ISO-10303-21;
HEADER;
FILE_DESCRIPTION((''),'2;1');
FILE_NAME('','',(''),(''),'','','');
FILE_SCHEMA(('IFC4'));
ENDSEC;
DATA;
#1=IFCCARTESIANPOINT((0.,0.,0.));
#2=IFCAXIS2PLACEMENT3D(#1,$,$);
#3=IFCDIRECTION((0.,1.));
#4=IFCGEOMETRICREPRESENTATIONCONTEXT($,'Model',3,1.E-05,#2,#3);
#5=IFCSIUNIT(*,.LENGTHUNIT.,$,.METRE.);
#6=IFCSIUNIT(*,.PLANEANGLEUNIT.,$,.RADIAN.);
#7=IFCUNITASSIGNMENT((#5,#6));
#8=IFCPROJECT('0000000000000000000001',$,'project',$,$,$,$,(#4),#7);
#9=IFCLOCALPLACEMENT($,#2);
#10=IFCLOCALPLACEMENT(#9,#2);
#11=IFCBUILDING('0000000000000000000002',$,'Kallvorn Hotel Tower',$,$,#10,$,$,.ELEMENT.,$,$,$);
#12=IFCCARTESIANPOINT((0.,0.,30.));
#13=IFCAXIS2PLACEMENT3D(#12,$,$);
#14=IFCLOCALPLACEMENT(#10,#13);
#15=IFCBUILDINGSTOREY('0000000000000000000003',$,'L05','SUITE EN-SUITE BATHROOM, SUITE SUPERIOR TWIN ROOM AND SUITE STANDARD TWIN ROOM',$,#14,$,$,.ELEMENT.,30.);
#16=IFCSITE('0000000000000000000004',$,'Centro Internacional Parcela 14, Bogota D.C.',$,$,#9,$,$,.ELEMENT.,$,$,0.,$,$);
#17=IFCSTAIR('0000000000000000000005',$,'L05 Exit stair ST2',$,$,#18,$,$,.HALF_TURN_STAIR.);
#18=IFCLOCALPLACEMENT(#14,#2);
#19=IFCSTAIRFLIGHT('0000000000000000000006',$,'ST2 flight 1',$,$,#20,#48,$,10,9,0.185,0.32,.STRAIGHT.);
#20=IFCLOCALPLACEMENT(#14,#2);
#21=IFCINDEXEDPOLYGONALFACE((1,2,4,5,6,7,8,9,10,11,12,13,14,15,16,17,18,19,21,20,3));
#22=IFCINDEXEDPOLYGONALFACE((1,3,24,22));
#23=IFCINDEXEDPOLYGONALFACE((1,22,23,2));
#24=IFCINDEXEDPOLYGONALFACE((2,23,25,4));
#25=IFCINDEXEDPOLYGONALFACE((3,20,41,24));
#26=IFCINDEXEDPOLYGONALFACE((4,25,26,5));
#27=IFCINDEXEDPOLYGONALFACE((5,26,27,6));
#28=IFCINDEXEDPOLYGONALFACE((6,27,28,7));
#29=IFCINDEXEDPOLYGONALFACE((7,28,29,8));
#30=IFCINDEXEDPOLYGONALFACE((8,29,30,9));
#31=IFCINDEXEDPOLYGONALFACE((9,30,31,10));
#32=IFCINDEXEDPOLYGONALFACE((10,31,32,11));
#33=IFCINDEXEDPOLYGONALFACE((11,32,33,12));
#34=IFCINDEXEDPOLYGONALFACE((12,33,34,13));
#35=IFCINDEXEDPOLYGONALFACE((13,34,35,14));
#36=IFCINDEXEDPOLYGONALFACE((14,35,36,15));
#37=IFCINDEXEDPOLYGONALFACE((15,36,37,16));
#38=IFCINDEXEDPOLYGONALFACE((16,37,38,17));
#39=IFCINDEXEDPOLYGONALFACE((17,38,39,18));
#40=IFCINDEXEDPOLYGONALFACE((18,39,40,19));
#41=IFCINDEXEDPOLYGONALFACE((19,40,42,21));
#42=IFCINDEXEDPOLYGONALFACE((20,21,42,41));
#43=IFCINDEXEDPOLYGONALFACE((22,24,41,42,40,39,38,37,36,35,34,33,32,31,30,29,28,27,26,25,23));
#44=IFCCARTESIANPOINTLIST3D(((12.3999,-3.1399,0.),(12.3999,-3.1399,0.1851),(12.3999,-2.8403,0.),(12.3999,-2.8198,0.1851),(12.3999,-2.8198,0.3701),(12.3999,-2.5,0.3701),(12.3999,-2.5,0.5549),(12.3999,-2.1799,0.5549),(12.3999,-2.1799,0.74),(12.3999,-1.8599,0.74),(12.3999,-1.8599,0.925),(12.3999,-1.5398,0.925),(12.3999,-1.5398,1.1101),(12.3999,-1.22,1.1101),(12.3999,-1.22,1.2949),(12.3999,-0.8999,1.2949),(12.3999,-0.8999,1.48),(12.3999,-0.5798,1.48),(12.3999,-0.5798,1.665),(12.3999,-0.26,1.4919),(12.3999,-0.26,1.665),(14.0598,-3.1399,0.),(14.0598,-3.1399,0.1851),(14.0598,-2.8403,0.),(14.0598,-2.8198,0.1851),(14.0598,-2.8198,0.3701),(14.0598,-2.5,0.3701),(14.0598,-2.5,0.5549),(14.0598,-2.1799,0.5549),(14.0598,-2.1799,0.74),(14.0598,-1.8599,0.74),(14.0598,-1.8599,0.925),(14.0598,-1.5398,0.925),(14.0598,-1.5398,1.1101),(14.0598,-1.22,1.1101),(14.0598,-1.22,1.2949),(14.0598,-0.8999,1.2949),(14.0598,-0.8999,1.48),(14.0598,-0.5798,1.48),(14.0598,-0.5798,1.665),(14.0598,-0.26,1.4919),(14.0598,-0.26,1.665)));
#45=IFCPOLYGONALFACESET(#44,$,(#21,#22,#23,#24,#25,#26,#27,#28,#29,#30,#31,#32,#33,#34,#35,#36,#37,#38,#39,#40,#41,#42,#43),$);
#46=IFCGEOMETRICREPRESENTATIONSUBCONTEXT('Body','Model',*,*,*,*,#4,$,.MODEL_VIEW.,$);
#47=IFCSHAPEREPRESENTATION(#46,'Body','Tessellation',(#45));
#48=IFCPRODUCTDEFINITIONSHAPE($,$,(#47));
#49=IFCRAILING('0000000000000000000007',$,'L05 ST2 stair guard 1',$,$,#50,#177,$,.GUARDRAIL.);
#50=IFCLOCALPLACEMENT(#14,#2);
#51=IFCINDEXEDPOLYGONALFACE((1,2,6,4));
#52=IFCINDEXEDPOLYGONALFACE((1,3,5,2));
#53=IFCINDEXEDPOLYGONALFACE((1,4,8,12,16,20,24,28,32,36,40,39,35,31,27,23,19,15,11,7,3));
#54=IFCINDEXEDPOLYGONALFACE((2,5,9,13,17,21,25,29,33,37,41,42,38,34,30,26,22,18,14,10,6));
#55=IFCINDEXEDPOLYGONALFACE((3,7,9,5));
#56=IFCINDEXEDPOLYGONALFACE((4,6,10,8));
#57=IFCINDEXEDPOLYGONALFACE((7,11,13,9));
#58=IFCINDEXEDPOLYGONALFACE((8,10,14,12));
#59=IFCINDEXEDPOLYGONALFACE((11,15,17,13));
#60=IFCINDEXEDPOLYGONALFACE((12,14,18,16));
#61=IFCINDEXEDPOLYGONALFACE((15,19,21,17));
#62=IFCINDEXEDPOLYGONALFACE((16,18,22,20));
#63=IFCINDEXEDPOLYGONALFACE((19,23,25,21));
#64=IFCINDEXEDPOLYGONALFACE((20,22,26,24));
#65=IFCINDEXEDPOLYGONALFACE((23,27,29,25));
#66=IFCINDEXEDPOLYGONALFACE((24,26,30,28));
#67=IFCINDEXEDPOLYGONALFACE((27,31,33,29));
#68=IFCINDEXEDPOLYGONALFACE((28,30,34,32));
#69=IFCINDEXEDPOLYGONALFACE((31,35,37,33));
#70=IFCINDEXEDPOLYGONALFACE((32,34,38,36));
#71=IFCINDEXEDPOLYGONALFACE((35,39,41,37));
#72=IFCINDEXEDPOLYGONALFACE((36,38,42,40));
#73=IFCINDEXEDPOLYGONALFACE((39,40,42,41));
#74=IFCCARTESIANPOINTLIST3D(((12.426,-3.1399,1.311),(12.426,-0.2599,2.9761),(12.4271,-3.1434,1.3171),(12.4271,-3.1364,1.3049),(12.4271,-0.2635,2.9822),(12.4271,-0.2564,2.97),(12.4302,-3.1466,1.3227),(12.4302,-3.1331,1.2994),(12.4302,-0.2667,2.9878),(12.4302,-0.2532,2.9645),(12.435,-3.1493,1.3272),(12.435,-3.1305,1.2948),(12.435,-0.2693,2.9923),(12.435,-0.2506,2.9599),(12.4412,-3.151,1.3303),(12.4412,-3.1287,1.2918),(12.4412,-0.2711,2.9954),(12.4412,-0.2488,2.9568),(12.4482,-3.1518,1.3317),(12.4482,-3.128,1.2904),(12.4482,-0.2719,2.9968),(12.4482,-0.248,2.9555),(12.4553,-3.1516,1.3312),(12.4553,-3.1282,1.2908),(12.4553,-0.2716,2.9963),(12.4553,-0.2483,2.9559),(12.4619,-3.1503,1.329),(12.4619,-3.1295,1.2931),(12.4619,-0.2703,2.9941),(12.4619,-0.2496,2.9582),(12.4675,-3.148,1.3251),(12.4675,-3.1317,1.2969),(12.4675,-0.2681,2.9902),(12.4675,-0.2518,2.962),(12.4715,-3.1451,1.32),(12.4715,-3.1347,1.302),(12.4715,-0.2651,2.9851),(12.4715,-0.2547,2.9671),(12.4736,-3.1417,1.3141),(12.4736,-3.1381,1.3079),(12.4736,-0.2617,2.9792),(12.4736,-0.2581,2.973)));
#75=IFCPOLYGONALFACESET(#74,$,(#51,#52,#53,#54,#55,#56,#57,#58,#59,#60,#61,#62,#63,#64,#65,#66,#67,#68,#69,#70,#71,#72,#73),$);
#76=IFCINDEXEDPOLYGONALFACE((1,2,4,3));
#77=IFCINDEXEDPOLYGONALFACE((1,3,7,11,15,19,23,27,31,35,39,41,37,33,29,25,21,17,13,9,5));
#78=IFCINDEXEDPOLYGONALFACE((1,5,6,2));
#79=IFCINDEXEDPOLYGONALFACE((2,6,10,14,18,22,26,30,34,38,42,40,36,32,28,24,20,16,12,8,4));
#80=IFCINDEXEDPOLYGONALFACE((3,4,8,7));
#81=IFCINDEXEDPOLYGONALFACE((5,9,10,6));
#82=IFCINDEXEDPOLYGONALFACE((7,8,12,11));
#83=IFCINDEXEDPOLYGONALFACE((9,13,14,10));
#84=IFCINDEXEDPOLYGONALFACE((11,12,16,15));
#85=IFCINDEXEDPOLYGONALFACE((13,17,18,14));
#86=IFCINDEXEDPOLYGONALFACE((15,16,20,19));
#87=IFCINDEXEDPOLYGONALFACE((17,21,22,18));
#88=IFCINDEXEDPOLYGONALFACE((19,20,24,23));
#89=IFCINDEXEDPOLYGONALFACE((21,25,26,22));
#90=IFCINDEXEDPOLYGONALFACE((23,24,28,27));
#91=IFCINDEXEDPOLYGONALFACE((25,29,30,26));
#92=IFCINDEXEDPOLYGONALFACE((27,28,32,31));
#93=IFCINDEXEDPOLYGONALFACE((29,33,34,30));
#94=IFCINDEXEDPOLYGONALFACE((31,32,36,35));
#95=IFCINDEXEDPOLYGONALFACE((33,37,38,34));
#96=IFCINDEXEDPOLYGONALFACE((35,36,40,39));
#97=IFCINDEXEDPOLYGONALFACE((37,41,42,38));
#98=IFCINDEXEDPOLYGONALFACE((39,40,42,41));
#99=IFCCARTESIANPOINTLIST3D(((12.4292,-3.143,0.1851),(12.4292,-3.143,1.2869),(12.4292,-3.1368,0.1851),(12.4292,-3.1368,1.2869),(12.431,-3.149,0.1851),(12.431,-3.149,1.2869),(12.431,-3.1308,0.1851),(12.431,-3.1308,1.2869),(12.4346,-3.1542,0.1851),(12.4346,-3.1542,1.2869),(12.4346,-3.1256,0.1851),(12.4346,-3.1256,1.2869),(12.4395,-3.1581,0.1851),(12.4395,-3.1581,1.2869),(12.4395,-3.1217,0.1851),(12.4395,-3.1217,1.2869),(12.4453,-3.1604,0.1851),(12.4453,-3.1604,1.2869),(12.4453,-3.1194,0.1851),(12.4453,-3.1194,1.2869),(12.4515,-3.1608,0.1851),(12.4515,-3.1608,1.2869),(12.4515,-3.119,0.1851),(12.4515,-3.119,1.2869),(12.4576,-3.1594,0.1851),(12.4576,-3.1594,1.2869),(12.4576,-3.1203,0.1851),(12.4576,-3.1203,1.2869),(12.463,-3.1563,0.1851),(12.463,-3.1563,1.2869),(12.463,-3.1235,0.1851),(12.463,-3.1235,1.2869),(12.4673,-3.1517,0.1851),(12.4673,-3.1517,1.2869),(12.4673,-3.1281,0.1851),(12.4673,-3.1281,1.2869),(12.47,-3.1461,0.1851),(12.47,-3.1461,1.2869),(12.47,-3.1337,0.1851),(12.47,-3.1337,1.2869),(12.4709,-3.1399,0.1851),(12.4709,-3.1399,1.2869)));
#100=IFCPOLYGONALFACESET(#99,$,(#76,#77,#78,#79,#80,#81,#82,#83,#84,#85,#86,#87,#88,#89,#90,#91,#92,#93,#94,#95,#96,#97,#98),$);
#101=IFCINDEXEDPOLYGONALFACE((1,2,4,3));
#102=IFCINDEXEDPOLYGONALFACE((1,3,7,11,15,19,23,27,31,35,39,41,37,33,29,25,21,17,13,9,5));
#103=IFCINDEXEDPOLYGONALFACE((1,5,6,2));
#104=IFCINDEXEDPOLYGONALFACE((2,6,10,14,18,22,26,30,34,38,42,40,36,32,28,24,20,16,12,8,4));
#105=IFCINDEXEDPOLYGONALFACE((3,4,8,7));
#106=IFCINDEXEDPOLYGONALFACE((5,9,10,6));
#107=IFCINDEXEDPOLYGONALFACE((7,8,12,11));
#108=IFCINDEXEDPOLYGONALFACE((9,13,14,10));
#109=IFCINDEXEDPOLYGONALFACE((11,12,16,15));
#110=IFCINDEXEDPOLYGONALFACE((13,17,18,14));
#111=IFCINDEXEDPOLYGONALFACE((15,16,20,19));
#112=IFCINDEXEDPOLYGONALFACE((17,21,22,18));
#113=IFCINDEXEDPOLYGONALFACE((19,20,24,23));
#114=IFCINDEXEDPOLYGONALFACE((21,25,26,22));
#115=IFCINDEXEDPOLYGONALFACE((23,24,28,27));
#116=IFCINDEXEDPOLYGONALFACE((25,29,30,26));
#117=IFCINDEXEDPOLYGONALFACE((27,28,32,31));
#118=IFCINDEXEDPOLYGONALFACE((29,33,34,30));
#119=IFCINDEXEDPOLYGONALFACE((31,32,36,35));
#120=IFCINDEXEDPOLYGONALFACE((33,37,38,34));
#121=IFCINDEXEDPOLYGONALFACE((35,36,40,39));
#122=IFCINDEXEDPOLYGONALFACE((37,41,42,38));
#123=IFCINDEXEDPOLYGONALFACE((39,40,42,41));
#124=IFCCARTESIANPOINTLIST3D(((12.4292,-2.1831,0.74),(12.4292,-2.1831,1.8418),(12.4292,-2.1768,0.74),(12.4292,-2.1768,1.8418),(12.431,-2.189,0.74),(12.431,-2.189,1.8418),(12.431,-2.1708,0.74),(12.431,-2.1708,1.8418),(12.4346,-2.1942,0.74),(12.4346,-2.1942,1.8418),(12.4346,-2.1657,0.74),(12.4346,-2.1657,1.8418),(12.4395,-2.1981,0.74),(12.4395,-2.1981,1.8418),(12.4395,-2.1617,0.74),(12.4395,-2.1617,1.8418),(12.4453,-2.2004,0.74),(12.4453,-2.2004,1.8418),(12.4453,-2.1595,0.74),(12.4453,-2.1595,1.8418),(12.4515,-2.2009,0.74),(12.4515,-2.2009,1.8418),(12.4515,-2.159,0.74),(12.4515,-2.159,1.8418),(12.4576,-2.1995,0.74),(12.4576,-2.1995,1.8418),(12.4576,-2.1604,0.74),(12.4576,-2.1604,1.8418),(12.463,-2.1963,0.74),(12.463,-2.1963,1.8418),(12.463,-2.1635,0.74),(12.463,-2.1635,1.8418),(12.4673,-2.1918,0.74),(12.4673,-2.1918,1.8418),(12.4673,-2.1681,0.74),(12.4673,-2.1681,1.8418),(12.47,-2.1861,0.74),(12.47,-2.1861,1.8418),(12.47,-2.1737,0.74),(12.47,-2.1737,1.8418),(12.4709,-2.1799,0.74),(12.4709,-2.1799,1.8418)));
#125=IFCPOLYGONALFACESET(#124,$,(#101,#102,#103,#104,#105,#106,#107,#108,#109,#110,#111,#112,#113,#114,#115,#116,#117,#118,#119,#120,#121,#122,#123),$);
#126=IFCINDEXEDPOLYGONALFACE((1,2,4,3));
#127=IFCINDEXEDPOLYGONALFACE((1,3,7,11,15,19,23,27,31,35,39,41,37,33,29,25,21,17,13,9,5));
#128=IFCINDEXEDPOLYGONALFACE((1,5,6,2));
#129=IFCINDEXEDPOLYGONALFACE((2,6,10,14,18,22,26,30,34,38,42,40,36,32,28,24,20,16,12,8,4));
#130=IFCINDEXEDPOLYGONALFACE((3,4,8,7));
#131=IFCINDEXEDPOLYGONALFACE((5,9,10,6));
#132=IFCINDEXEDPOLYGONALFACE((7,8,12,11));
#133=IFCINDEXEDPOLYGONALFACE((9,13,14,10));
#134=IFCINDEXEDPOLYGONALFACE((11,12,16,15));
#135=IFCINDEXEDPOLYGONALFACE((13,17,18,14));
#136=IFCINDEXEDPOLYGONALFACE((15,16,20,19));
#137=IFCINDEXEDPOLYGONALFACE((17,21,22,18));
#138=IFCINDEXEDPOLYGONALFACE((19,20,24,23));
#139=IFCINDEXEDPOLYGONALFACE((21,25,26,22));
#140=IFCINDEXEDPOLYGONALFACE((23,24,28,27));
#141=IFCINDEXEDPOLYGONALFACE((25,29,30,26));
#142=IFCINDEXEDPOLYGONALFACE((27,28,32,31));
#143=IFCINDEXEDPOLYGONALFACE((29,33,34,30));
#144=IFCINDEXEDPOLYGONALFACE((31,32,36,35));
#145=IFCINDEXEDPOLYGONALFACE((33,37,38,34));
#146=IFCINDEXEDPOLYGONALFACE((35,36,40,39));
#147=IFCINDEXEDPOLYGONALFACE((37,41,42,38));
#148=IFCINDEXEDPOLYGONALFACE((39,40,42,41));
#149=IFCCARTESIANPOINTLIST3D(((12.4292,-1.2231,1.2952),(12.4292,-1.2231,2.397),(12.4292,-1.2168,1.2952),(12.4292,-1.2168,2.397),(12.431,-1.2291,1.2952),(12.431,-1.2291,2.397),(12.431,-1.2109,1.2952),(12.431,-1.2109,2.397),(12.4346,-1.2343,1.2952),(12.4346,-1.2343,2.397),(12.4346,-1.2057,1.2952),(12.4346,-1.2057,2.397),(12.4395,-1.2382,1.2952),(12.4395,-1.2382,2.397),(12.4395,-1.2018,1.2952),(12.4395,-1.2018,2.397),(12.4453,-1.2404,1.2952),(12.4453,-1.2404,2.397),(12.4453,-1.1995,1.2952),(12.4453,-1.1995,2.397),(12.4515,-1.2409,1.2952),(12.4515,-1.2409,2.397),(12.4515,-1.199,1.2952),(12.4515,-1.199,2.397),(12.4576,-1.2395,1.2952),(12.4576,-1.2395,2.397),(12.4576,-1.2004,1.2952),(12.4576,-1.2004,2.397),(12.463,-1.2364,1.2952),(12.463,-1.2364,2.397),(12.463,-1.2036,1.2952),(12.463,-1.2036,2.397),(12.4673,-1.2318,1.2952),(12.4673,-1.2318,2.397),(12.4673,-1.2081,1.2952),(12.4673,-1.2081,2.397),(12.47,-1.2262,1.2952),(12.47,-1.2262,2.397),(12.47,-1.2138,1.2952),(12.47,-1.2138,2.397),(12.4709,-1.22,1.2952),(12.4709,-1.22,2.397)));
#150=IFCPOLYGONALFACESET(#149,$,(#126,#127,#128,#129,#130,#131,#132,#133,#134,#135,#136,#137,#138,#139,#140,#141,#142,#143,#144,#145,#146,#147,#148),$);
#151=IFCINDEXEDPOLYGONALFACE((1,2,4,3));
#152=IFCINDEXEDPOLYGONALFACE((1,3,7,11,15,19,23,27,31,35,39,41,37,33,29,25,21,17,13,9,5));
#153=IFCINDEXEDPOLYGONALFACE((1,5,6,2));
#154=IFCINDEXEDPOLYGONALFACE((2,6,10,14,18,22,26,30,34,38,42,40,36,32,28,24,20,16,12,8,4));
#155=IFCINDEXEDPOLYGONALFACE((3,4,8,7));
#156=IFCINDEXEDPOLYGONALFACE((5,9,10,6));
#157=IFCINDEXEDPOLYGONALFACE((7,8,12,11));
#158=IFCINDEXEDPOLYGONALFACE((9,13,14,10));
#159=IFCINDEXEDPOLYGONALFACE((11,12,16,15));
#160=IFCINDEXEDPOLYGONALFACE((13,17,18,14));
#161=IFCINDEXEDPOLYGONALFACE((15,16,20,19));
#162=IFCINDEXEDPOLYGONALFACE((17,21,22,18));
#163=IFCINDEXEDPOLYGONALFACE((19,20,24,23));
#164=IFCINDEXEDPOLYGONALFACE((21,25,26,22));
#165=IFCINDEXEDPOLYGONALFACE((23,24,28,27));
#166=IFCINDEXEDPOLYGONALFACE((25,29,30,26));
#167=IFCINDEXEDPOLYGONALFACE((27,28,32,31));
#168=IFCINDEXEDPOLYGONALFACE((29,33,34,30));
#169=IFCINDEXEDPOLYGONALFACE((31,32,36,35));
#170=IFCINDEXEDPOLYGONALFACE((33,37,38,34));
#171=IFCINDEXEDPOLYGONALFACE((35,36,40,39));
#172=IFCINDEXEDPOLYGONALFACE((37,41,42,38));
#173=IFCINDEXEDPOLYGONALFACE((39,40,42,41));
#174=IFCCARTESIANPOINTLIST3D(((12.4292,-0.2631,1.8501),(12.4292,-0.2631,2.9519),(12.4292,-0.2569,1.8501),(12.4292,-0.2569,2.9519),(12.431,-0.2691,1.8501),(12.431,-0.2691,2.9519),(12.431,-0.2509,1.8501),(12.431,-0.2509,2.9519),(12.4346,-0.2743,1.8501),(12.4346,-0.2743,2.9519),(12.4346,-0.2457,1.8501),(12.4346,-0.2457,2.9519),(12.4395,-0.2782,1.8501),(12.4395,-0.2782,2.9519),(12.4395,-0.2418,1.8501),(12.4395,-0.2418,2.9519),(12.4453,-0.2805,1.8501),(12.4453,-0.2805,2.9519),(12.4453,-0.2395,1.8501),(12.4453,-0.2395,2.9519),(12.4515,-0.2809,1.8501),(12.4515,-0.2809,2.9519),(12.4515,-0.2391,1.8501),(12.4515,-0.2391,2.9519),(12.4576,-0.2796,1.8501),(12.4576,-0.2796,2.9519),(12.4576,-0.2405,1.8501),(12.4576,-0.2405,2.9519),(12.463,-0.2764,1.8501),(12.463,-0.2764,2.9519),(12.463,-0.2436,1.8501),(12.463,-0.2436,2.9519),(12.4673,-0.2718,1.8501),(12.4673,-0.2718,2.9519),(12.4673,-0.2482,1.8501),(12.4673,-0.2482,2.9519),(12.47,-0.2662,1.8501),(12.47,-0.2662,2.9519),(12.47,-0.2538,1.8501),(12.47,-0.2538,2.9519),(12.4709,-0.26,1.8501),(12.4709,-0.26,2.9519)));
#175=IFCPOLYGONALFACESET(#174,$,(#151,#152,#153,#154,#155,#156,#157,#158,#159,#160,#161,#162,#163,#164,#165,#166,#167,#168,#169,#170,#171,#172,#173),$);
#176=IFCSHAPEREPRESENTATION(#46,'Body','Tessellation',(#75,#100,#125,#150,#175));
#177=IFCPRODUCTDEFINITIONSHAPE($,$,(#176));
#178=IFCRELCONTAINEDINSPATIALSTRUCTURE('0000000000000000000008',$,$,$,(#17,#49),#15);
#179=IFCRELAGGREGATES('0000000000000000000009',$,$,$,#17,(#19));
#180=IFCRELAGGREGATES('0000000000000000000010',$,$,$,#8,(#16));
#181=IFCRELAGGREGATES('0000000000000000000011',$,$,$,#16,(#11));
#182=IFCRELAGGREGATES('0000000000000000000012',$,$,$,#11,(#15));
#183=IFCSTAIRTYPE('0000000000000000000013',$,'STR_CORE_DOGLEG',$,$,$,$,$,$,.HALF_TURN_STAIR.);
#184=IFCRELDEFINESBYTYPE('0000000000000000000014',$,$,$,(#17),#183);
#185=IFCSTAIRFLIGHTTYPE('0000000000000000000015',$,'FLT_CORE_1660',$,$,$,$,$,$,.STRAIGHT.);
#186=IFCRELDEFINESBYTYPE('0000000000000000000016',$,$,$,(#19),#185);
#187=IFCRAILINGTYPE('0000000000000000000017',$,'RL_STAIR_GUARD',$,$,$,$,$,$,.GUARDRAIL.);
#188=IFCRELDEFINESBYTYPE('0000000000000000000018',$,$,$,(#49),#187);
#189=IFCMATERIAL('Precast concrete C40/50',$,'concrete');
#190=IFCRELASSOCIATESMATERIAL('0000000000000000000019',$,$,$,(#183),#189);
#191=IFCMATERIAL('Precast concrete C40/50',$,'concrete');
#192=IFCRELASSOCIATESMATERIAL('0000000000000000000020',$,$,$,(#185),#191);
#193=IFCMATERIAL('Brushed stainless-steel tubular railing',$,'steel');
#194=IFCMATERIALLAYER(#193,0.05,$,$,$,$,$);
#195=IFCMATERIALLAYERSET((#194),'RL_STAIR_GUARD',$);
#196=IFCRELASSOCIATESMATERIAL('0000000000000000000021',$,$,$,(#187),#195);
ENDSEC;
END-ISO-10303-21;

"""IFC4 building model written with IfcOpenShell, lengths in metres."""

from ifc_helpers import new_model, si_unit, direction, frame, origin, origin_2d, place, context, subcontext, project, spatial, polyline, circle, outline, extrude, material, layer, layer_set, type_object, element, aggregate, save


model = new_model("IFC4")

# Units and contexts
model_context = context("Model", 3, precision=1e-05, world=origin(), true_north=direction((0.0, 1.0)))
body_context = subcontext(model_context, "Body", "Model", "MODEL_VIEW")
ifc_project = project(units=[si_unit("LENGTHUNIT", "METRE"), si_unit("PLANEANGLEUNIT", "RADIAN")], contexts=[model_context])

# Site, building, storey
site_placement = place(None, origin())
site = spatial("IfcSite", under=ifc_project, at=site_placement, Name="Centro Internacional Parcela 14, Bogota D.C.", CompositionType="ELEMENT", RefElevation=0.0)
building_placement = place(site_placement, origin())
building = spatial("IfcBuilding", under=site, at=building_placement, Name="Kallvorn Hotel Tower", CompositionType="ELEMENT")
storey_placement = place(building_placement, frame((0.0, 0.0, 30.0)))
storey = spatial("IfcBuildingStorey", under=building, at=storey_placement, Name="L05", Description="SUITE EN-SUITE BATHROOM, SUITE SUPERIOR TWIN ROOM AND SUITE STANDARD TWIN ROOM", CompositionType="ELEMENT", Elevation=30.0)

# Stair, stair flight
ifc_material_1 = material(Name="Precast concrete C40/50", Category="concrete")
stair_type = type_object("IfcStairType", Name="STR_CORE_DOGLEG", PredefinedType="HALF_TURN_STAIR", material=ifc_material_1)
stair_placement = place(storey_placement, origin())
stair = element("IfcStair", 1, at=stair_placement, inside=storey, type_object=stair_type, Name="L05 Exit stair ST2", PredefinedType="HALF_TURN_STAIR")
ifc_material_2 = material(Name="Precast concrete C40/50", Category="concrete")
stair_flight_type = type_object("IfcStairFlightType", Name="FLT_CORE_1660", PredefinedType="STRAIGHT", material=ifc_material_2)
stair_flight_placement = place(storey_placement, frame((13.23, -3.1399, 0.0), z_axis=(0.0, 0.0, 1.0), x_axis=(0.0, 1.0, 0.0)))
stair_flight = element("IfcStairFlight", 2, at=stair_flight_placement, type_object=stair_flight_type, Name="ST2 flight 1", NumberOfRisers=10, NumberOfTreads=9, PredefinedType="STRAIGHT", RiserHeight=0.185, TreadLength=0.32, context=body_context, shape_type="SweptSolid", body=[
    extrude(outline(polyline([(0.0, 0.0), (0.0, 0.1851), (0.3201, 0.1851), (0.3201, 0.3701), (0.6399, 0.3701), (0.6399, 0.5549), (0.96, 0.5549), (0.96, 0.74), (1.28, 0.74), (1.28, 0.925), (1.6001, 0.925), (1.6001, 1.1101), (1.9199, 1.1101), (1.9199, 1.2949), (2.24, 1.2949), (2.24, 1.48), (2.5601, 1.48), (2.5601, 1.665), (2.8799, 1.665), (2.8799, 1.8501), (2.8799, 1.4919), (0.2996, 0.0), (0.0, 0.0)])), frame((0.0, 0.8301, 0.0), z_axis=(0.0, -1.0, 0.0), x_axis=(1.0, 0.0, 0.0)), (0.0, 0.0, 1.0), 1.6599),
])
aggregate(stair, [stair_flight])

# Railing
ifc_material_3 = material(Name="Brushed stainless-steel tubular railing", Category="steel")
ifc_layer_1 = layer(ifc_material_3, 0.05)
ifc_layer_set_1 = layer_set([ifc_layer_1], Name="RL_STAIR_GUARD")
railing_type_1 = type_object("IfcRailingType", Name="RL_STAIR_GUARD", PredefinedType="GUARDRAIL", material=ifc_layer_set_1)
railing_1_placement = place(storey_placement, frame((12.45, -3.1399, 0.1851)))
element("IfcRailing", 3, at=railing_1_placement, inside=storey, type_object=railing_type_1, Name="L05 ST2 stair guard 1", PredefinedType="GUARDRAIL", context=body_context, shape_type="SweptSolid", body=[
    extrude(circle(Radius=0.0239, at=origin_2d()), frame((0.0, 0.0, 1.126), z_axis=(0.0, 0.865721, 0.500527), x_axis=(-1.0, 0.0, 0.0)), (0.0, 0.0, 1.0), 3.3267),
    extrude(circle(Radius=0.021, at=origin_2d()), origin(), (0.0, 0.0, 1.0), 1.1018),
    extrude(circle(Radius=0.021, at=origin_2d()), frame((0.0, 0.96, 0.5549)), (0.0, 0.0, 1.0), 1.1018),
    extrude(circle(Radius=0.021, at=origin_2d()), frame((0.0, 1.9199, 1.1101)), (0.0, 0.0, 1.0), 1.1018),
    extrude(circle(Radius=0.021, at=origin_2d()), frame((0.0, 2.8799, 1.665)), (0.0, 0.0, 1.0), 1.1018),
])

save(model, "model.ifc")
